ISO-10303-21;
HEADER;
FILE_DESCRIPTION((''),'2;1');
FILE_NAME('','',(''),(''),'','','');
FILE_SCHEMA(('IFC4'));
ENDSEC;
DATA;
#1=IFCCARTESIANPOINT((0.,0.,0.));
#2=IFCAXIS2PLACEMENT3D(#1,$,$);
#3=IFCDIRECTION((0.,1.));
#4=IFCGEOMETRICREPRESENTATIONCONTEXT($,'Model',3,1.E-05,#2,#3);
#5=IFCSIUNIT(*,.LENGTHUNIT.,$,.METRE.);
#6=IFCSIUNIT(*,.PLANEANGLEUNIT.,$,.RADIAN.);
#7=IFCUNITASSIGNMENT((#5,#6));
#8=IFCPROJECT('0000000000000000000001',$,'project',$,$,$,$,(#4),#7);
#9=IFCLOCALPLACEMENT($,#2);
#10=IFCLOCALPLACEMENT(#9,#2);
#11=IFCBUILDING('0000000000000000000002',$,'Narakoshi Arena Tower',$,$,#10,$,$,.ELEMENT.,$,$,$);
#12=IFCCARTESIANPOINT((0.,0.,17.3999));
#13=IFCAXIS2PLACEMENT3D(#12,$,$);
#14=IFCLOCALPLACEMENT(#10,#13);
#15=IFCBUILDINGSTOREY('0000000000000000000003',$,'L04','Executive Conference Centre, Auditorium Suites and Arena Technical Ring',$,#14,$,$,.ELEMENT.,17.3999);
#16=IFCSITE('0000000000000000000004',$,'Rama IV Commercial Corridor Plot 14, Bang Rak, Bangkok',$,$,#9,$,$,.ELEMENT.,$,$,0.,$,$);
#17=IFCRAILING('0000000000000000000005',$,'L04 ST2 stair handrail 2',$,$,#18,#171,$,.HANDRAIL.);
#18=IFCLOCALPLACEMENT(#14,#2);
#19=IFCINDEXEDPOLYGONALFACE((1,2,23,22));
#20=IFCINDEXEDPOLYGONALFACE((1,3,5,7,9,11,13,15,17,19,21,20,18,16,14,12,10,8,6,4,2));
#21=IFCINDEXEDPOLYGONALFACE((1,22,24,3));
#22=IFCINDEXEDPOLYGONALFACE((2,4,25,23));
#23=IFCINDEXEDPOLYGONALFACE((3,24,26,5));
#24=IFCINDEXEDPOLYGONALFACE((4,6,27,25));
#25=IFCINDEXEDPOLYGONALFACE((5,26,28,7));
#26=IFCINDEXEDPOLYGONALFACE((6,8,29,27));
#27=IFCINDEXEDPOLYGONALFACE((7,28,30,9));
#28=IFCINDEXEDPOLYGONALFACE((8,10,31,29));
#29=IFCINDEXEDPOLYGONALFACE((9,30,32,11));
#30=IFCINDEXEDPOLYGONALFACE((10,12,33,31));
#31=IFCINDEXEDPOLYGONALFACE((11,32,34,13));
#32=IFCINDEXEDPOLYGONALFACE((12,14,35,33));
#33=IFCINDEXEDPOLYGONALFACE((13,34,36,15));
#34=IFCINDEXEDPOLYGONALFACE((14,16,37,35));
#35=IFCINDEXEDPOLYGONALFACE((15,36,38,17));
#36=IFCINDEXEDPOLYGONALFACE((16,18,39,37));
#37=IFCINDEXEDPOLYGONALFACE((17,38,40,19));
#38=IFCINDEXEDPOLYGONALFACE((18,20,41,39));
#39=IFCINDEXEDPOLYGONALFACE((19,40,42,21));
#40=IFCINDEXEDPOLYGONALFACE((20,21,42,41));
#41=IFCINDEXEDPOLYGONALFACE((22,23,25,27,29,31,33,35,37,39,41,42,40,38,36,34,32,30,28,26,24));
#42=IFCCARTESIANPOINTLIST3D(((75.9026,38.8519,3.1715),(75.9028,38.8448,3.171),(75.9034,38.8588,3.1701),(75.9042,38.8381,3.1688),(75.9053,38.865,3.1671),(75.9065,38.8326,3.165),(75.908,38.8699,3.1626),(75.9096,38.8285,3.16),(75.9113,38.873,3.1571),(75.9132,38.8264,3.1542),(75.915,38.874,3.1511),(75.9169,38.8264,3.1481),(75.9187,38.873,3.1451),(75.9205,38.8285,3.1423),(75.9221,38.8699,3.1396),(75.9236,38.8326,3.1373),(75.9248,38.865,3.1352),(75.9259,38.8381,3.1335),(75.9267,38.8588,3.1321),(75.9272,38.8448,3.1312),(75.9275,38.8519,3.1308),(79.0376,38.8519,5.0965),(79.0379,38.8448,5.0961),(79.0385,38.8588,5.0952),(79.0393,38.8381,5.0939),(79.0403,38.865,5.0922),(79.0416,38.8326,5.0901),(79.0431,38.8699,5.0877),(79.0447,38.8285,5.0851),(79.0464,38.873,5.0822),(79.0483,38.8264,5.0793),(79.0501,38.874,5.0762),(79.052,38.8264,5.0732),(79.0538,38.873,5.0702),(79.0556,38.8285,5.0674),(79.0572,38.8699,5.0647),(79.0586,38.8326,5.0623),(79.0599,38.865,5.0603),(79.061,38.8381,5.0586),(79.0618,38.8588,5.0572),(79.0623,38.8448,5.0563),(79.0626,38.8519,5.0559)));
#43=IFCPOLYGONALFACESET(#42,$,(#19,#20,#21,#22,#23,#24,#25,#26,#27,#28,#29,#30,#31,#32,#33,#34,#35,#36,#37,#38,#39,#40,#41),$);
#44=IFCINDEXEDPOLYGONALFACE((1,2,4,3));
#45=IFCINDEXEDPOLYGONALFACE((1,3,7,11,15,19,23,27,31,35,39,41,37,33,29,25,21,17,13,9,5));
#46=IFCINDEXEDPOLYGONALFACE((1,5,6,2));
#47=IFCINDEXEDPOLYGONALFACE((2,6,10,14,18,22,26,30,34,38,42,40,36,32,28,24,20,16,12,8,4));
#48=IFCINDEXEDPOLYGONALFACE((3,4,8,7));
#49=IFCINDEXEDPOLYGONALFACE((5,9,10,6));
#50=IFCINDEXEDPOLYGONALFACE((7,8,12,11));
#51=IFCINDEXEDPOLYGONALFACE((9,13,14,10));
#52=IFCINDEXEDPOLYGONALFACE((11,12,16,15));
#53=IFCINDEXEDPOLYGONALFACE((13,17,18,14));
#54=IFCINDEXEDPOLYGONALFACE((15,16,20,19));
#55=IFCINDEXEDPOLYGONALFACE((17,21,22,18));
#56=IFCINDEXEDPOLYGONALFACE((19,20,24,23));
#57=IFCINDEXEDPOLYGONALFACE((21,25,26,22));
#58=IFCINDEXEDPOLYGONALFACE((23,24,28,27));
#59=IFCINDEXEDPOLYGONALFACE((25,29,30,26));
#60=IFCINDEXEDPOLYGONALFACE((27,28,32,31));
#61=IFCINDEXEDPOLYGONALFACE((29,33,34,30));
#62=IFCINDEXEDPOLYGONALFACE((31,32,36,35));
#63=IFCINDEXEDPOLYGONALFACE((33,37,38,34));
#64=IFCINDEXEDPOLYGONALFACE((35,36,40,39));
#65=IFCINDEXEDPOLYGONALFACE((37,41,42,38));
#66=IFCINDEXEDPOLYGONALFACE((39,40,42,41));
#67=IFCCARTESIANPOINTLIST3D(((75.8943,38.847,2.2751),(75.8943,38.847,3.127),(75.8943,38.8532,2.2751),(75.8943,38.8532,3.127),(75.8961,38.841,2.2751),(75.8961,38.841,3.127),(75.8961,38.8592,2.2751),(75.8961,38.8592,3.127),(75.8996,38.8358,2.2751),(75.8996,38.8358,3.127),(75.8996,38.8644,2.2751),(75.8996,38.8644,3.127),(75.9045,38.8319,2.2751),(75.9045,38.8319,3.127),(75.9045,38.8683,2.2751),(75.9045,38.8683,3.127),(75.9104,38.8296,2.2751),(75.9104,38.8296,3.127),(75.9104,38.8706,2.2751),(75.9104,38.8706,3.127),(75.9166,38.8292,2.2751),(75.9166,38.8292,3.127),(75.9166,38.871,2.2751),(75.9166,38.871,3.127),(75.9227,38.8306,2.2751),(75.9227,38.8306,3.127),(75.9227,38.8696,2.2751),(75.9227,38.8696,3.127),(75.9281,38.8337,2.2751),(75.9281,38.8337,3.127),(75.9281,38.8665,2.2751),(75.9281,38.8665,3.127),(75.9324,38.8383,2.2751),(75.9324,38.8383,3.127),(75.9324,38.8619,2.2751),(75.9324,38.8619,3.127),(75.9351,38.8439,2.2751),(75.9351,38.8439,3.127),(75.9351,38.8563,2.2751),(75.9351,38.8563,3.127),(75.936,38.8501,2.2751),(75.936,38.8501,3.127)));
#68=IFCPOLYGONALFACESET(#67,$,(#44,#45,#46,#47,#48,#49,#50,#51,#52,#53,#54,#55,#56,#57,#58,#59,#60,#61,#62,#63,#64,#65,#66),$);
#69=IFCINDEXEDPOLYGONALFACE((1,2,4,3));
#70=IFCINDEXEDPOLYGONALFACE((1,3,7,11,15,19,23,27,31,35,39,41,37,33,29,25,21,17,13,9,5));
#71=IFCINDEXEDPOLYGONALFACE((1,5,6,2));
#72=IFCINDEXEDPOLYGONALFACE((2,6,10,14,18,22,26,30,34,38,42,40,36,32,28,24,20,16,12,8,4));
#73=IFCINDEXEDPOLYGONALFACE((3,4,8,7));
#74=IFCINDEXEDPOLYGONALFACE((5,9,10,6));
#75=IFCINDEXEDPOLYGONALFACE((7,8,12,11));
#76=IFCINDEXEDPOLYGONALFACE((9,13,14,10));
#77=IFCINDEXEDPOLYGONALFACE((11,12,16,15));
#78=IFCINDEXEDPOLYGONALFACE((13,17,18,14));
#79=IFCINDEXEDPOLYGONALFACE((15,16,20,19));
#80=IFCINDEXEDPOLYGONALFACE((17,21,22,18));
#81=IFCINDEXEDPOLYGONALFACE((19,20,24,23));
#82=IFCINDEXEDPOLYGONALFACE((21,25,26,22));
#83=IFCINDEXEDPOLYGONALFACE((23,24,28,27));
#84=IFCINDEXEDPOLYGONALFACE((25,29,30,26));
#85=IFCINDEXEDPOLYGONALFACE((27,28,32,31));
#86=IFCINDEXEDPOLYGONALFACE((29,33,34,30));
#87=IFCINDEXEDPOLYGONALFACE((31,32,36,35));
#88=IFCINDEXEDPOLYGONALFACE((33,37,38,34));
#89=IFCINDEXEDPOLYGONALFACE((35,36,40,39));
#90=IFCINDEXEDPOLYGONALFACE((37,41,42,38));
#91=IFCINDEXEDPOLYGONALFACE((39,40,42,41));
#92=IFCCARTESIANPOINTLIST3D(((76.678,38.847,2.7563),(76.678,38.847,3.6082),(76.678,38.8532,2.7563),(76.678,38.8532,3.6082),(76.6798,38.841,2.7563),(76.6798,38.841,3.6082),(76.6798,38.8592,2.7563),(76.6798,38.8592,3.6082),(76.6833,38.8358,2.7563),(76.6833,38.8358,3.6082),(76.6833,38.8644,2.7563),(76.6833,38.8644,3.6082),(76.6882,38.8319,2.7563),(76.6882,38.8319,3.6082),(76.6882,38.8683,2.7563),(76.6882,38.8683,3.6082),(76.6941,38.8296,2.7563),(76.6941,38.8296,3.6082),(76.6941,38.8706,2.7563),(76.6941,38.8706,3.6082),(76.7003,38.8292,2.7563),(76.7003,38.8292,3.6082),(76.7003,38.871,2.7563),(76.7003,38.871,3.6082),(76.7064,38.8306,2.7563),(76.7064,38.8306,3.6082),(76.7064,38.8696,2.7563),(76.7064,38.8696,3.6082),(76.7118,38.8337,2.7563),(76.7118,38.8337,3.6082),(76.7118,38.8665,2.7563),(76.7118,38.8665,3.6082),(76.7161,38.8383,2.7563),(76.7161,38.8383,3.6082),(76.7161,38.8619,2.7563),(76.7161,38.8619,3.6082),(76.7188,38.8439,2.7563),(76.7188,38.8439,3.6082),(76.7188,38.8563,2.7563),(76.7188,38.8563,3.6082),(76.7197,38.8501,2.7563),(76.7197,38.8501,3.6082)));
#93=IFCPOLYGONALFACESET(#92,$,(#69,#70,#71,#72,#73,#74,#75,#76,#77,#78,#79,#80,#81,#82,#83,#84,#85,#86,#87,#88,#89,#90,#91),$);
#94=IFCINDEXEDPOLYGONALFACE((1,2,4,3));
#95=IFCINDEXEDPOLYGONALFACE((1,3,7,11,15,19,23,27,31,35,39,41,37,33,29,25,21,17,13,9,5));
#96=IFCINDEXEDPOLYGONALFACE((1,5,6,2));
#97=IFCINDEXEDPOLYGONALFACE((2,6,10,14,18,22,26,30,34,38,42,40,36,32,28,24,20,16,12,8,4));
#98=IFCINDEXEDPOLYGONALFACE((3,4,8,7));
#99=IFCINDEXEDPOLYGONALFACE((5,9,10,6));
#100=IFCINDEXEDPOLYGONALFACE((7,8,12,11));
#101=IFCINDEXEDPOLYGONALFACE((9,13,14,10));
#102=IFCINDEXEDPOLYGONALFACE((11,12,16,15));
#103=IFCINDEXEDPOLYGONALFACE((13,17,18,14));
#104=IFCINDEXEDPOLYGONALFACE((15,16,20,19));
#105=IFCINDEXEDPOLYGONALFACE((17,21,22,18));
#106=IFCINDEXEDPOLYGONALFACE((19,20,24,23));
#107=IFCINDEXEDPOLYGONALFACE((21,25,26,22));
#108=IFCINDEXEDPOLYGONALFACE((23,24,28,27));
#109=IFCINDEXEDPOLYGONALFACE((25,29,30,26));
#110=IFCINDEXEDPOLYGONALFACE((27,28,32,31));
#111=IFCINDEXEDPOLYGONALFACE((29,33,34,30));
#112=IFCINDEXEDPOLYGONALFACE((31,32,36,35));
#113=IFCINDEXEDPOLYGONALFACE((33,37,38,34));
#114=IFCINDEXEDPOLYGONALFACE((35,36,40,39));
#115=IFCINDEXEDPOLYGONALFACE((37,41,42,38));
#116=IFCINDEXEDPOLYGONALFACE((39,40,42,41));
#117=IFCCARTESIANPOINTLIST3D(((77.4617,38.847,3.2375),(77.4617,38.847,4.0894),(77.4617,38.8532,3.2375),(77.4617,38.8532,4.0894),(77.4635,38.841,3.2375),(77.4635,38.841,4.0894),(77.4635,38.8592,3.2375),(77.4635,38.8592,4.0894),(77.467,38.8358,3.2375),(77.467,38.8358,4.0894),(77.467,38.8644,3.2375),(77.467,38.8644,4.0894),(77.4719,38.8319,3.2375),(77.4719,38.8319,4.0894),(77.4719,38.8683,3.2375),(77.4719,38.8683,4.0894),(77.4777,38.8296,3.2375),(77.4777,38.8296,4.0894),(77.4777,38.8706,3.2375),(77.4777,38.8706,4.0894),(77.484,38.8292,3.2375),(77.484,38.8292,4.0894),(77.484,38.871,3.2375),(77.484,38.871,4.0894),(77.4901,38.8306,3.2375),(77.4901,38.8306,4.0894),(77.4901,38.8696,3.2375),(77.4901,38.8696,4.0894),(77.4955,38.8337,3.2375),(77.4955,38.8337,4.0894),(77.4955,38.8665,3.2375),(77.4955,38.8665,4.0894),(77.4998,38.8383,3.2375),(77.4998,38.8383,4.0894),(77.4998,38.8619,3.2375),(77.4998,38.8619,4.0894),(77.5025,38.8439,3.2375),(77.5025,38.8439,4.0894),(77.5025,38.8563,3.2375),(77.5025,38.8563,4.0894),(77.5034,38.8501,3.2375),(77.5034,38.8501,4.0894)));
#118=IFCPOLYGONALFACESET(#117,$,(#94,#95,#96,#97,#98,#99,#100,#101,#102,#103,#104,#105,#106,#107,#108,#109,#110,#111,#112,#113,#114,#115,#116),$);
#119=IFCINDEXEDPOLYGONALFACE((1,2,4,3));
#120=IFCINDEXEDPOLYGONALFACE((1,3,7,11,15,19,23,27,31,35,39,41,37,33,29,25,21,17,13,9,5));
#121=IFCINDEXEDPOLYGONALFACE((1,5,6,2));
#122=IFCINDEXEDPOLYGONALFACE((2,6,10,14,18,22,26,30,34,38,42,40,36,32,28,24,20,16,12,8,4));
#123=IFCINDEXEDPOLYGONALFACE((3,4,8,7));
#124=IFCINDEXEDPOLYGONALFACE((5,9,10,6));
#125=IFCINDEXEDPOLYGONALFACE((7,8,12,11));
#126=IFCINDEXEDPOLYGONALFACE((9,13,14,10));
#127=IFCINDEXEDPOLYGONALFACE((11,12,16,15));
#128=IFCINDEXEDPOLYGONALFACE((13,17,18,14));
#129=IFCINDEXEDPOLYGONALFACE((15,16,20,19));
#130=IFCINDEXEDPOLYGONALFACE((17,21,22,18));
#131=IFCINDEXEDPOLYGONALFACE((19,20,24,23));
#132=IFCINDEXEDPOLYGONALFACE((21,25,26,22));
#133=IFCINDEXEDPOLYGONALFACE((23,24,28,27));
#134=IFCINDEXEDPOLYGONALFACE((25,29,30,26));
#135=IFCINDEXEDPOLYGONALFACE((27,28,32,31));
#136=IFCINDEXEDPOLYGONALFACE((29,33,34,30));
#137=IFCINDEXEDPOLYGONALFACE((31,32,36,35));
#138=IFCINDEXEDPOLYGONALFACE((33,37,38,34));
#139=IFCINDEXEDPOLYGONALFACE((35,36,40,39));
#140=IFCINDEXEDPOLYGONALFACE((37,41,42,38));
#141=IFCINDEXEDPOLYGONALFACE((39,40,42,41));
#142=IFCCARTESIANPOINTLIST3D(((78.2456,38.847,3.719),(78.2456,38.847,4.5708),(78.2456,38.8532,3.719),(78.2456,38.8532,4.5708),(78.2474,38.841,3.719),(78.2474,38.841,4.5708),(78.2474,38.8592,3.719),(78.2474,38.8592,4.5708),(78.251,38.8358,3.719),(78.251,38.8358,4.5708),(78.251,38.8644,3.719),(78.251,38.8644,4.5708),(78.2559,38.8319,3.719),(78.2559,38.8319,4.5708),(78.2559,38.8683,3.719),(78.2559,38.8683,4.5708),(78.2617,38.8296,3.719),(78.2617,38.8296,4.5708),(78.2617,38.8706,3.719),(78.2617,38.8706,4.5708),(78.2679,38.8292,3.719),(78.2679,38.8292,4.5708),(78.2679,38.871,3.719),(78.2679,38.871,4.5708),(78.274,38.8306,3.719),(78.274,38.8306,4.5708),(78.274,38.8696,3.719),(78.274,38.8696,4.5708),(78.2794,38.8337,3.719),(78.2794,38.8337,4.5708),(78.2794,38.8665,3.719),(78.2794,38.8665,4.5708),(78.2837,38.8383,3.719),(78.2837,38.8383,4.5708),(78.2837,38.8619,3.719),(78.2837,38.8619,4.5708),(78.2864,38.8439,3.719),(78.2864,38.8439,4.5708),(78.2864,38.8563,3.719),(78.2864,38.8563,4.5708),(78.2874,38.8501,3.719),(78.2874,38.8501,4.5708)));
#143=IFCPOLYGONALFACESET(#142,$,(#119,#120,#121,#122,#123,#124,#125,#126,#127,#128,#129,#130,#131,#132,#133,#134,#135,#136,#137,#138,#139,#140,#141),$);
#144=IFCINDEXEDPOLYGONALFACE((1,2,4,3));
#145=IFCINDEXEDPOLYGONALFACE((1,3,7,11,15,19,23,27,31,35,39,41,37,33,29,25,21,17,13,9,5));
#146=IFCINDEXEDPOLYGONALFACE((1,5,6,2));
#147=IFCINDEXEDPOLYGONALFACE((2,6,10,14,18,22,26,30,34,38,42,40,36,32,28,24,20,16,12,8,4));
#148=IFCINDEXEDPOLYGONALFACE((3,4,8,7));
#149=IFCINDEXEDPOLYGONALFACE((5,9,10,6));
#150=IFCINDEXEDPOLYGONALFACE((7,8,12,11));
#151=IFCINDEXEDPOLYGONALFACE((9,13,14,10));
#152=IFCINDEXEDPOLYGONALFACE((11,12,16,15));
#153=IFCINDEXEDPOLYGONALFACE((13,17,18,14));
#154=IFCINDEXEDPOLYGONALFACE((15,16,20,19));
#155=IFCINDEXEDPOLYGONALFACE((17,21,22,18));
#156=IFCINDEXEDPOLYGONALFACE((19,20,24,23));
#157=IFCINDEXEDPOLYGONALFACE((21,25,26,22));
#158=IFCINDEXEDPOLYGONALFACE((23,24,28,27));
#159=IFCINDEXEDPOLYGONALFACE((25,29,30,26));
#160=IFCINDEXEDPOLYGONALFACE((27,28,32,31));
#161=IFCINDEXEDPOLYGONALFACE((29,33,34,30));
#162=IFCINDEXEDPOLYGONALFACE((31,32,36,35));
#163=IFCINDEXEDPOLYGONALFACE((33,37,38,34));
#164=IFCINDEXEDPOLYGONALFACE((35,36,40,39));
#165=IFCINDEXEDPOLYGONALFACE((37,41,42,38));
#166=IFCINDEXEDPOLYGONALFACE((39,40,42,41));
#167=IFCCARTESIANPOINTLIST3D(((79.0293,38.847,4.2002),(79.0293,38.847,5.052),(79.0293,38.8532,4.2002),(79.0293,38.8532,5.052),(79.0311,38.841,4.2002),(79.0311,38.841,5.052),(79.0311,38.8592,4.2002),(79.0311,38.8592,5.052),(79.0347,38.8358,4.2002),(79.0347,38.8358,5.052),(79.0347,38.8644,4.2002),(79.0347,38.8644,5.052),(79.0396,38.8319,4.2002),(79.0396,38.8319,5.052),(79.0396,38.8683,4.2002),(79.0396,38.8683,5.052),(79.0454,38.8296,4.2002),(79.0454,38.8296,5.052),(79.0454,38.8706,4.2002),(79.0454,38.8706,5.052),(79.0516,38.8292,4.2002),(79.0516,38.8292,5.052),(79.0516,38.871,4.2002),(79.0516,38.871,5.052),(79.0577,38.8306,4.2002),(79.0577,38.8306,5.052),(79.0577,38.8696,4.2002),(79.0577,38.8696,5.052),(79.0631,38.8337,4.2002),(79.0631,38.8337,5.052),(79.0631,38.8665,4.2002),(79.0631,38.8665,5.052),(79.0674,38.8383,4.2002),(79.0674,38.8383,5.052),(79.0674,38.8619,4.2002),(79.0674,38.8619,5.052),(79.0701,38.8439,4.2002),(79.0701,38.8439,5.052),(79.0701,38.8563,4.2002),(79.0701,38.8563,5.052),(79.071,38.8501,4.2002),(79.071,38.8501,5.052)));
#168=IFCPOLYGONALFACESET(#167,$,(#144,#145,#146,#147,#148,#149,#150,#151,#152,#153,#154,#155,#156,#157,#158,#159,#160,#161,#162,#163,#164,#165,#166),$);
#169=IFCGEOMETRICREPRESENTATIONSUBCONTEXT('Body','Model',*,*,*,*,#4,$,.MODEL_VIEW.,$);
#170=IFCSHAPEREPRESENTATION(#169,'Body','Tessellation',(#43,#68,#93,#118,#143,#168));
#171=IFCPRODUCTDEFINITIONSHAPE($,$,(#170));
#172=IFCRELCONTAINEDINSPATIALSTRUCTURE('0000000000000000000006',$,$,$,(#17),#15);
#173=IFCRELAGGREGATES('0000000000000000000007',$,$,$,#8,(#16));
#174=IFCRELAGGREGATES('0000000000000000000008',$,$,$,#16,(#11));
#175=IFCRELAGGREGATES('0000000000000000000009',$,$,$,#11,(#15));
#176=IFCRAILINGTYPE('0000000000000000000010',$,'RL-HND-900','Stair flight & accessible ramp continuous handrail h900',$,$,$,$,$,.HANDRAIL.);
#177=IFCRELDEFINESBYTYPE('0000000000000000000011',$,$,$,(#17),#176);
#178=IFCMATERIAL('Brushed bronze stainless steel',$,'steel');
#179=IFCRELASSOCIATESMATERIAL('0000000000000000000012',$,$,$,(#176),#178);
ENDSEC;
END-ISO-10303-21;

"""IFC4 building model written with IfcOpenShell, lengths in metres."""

from ifc_helpers import new_model, si_unit, direction, frame, origin, origin_2d, place, context, subcontext, project, spatial, circle, extrude, material, type_object, element, save


model = new_model("IFC4")

# Units and contexts
model_context = context("Model", 3, precision=1e-05, world=origin(), true_north=direction((0.0, 1.0)))
body_context = subcontext(model_context, "Body", "Model", "MODEL_VIEW")
ifc_project = project(units=[si_unit("LENGTHUNIT", "METRE"), si_unit("PLANEANGLEUNIT", "RADIAN")], contexts=[model_context])

# Site, building, storey
site_placement = place(None, origin())
site = spatial("IfcSite", under=ifc_project, at=site_placement, Name="Rama IV Commercial Corridor Plot 14, Bang Rak, Bangkok", CompositionType="ELEMENT", RefElevation=0.0)
building_placement = place(site_placement, origin())
building = spatial("IfcBuilding", under=site, at=building_placement, Name="Narakoshi Arena Tower", CompositionType="ELEMENT")
storey_placement = place(building_placement, frame((0.0, 0.0, 17.3999)))
storey = spatial("IfcBuildingStorey", under=building, at=storey_placement, Name="L04", Description="Executive Conference Centre, Auditorium Suites and Arena Technical Ring", CompositionType="ELEMENT", Elevation=17.3999)

# Shared definitions
ifc_material_1 = material(Name="Brushed bronze stainless steel", Category="steel")

# Railing
railing_type_1 = type_object("IfcRailingType", Name="RL-HND-900", Description="Stair flight & accessible ramp continuous handrail h900", PredefinedType="HANDRAIL", material=ifc_material_1)
for number, where, name in (
    (1, (75.915, 38.8501, 2.2751), "L04 ST2 stair handrail 2"),
):
    element("IfcRailing", number, at=place(storey_placement, frame(where)), inside=storey, type_object=railing_type_1, Name=name, PredefinedType="HANDRAIL", context=body_context, shape_type="SweptSolid", body=[
        extrude(circle(Radius=0.0239, at=origin_2d()), frame((0.0, 0.0, 0.876), z_axis=(0.852166, 0.0, 0.523271), x_axis=(0.0, 1.0, 0.0)), (0.0, 0.0, 1.0), 3.679),
        extrude(circle(Radius=0.021, at=origin_2d()), origin(), (0.0, 0.0, 1.0), 0.8518),
        extrude(circle(Radius=0.021, at=origin_2d()), frame((0.7837, 0.0, 0.4812)), (0.0, 0.0, 1.0), 0.8518),
        extrude(circle(Radius=0.021, at=origin_2d()), frame((1.5674, 0.0, 0.9624)), (0.0, 0.0, 1.0), 0.8518),
        extrude(circle(Radius=0.021, at=origin_2d()), frame((2.3513, 0.0, 1.4438)), (0.0, 0.0, 1.0), 0.8518),
        extrude(circle(Radius=0.021, at=origin_2d()), frame((3.135, 0.0, 1.925)), (0.0, 0.0, 1.0), 0.8518),
    ])

save(model, "model.ifc")
